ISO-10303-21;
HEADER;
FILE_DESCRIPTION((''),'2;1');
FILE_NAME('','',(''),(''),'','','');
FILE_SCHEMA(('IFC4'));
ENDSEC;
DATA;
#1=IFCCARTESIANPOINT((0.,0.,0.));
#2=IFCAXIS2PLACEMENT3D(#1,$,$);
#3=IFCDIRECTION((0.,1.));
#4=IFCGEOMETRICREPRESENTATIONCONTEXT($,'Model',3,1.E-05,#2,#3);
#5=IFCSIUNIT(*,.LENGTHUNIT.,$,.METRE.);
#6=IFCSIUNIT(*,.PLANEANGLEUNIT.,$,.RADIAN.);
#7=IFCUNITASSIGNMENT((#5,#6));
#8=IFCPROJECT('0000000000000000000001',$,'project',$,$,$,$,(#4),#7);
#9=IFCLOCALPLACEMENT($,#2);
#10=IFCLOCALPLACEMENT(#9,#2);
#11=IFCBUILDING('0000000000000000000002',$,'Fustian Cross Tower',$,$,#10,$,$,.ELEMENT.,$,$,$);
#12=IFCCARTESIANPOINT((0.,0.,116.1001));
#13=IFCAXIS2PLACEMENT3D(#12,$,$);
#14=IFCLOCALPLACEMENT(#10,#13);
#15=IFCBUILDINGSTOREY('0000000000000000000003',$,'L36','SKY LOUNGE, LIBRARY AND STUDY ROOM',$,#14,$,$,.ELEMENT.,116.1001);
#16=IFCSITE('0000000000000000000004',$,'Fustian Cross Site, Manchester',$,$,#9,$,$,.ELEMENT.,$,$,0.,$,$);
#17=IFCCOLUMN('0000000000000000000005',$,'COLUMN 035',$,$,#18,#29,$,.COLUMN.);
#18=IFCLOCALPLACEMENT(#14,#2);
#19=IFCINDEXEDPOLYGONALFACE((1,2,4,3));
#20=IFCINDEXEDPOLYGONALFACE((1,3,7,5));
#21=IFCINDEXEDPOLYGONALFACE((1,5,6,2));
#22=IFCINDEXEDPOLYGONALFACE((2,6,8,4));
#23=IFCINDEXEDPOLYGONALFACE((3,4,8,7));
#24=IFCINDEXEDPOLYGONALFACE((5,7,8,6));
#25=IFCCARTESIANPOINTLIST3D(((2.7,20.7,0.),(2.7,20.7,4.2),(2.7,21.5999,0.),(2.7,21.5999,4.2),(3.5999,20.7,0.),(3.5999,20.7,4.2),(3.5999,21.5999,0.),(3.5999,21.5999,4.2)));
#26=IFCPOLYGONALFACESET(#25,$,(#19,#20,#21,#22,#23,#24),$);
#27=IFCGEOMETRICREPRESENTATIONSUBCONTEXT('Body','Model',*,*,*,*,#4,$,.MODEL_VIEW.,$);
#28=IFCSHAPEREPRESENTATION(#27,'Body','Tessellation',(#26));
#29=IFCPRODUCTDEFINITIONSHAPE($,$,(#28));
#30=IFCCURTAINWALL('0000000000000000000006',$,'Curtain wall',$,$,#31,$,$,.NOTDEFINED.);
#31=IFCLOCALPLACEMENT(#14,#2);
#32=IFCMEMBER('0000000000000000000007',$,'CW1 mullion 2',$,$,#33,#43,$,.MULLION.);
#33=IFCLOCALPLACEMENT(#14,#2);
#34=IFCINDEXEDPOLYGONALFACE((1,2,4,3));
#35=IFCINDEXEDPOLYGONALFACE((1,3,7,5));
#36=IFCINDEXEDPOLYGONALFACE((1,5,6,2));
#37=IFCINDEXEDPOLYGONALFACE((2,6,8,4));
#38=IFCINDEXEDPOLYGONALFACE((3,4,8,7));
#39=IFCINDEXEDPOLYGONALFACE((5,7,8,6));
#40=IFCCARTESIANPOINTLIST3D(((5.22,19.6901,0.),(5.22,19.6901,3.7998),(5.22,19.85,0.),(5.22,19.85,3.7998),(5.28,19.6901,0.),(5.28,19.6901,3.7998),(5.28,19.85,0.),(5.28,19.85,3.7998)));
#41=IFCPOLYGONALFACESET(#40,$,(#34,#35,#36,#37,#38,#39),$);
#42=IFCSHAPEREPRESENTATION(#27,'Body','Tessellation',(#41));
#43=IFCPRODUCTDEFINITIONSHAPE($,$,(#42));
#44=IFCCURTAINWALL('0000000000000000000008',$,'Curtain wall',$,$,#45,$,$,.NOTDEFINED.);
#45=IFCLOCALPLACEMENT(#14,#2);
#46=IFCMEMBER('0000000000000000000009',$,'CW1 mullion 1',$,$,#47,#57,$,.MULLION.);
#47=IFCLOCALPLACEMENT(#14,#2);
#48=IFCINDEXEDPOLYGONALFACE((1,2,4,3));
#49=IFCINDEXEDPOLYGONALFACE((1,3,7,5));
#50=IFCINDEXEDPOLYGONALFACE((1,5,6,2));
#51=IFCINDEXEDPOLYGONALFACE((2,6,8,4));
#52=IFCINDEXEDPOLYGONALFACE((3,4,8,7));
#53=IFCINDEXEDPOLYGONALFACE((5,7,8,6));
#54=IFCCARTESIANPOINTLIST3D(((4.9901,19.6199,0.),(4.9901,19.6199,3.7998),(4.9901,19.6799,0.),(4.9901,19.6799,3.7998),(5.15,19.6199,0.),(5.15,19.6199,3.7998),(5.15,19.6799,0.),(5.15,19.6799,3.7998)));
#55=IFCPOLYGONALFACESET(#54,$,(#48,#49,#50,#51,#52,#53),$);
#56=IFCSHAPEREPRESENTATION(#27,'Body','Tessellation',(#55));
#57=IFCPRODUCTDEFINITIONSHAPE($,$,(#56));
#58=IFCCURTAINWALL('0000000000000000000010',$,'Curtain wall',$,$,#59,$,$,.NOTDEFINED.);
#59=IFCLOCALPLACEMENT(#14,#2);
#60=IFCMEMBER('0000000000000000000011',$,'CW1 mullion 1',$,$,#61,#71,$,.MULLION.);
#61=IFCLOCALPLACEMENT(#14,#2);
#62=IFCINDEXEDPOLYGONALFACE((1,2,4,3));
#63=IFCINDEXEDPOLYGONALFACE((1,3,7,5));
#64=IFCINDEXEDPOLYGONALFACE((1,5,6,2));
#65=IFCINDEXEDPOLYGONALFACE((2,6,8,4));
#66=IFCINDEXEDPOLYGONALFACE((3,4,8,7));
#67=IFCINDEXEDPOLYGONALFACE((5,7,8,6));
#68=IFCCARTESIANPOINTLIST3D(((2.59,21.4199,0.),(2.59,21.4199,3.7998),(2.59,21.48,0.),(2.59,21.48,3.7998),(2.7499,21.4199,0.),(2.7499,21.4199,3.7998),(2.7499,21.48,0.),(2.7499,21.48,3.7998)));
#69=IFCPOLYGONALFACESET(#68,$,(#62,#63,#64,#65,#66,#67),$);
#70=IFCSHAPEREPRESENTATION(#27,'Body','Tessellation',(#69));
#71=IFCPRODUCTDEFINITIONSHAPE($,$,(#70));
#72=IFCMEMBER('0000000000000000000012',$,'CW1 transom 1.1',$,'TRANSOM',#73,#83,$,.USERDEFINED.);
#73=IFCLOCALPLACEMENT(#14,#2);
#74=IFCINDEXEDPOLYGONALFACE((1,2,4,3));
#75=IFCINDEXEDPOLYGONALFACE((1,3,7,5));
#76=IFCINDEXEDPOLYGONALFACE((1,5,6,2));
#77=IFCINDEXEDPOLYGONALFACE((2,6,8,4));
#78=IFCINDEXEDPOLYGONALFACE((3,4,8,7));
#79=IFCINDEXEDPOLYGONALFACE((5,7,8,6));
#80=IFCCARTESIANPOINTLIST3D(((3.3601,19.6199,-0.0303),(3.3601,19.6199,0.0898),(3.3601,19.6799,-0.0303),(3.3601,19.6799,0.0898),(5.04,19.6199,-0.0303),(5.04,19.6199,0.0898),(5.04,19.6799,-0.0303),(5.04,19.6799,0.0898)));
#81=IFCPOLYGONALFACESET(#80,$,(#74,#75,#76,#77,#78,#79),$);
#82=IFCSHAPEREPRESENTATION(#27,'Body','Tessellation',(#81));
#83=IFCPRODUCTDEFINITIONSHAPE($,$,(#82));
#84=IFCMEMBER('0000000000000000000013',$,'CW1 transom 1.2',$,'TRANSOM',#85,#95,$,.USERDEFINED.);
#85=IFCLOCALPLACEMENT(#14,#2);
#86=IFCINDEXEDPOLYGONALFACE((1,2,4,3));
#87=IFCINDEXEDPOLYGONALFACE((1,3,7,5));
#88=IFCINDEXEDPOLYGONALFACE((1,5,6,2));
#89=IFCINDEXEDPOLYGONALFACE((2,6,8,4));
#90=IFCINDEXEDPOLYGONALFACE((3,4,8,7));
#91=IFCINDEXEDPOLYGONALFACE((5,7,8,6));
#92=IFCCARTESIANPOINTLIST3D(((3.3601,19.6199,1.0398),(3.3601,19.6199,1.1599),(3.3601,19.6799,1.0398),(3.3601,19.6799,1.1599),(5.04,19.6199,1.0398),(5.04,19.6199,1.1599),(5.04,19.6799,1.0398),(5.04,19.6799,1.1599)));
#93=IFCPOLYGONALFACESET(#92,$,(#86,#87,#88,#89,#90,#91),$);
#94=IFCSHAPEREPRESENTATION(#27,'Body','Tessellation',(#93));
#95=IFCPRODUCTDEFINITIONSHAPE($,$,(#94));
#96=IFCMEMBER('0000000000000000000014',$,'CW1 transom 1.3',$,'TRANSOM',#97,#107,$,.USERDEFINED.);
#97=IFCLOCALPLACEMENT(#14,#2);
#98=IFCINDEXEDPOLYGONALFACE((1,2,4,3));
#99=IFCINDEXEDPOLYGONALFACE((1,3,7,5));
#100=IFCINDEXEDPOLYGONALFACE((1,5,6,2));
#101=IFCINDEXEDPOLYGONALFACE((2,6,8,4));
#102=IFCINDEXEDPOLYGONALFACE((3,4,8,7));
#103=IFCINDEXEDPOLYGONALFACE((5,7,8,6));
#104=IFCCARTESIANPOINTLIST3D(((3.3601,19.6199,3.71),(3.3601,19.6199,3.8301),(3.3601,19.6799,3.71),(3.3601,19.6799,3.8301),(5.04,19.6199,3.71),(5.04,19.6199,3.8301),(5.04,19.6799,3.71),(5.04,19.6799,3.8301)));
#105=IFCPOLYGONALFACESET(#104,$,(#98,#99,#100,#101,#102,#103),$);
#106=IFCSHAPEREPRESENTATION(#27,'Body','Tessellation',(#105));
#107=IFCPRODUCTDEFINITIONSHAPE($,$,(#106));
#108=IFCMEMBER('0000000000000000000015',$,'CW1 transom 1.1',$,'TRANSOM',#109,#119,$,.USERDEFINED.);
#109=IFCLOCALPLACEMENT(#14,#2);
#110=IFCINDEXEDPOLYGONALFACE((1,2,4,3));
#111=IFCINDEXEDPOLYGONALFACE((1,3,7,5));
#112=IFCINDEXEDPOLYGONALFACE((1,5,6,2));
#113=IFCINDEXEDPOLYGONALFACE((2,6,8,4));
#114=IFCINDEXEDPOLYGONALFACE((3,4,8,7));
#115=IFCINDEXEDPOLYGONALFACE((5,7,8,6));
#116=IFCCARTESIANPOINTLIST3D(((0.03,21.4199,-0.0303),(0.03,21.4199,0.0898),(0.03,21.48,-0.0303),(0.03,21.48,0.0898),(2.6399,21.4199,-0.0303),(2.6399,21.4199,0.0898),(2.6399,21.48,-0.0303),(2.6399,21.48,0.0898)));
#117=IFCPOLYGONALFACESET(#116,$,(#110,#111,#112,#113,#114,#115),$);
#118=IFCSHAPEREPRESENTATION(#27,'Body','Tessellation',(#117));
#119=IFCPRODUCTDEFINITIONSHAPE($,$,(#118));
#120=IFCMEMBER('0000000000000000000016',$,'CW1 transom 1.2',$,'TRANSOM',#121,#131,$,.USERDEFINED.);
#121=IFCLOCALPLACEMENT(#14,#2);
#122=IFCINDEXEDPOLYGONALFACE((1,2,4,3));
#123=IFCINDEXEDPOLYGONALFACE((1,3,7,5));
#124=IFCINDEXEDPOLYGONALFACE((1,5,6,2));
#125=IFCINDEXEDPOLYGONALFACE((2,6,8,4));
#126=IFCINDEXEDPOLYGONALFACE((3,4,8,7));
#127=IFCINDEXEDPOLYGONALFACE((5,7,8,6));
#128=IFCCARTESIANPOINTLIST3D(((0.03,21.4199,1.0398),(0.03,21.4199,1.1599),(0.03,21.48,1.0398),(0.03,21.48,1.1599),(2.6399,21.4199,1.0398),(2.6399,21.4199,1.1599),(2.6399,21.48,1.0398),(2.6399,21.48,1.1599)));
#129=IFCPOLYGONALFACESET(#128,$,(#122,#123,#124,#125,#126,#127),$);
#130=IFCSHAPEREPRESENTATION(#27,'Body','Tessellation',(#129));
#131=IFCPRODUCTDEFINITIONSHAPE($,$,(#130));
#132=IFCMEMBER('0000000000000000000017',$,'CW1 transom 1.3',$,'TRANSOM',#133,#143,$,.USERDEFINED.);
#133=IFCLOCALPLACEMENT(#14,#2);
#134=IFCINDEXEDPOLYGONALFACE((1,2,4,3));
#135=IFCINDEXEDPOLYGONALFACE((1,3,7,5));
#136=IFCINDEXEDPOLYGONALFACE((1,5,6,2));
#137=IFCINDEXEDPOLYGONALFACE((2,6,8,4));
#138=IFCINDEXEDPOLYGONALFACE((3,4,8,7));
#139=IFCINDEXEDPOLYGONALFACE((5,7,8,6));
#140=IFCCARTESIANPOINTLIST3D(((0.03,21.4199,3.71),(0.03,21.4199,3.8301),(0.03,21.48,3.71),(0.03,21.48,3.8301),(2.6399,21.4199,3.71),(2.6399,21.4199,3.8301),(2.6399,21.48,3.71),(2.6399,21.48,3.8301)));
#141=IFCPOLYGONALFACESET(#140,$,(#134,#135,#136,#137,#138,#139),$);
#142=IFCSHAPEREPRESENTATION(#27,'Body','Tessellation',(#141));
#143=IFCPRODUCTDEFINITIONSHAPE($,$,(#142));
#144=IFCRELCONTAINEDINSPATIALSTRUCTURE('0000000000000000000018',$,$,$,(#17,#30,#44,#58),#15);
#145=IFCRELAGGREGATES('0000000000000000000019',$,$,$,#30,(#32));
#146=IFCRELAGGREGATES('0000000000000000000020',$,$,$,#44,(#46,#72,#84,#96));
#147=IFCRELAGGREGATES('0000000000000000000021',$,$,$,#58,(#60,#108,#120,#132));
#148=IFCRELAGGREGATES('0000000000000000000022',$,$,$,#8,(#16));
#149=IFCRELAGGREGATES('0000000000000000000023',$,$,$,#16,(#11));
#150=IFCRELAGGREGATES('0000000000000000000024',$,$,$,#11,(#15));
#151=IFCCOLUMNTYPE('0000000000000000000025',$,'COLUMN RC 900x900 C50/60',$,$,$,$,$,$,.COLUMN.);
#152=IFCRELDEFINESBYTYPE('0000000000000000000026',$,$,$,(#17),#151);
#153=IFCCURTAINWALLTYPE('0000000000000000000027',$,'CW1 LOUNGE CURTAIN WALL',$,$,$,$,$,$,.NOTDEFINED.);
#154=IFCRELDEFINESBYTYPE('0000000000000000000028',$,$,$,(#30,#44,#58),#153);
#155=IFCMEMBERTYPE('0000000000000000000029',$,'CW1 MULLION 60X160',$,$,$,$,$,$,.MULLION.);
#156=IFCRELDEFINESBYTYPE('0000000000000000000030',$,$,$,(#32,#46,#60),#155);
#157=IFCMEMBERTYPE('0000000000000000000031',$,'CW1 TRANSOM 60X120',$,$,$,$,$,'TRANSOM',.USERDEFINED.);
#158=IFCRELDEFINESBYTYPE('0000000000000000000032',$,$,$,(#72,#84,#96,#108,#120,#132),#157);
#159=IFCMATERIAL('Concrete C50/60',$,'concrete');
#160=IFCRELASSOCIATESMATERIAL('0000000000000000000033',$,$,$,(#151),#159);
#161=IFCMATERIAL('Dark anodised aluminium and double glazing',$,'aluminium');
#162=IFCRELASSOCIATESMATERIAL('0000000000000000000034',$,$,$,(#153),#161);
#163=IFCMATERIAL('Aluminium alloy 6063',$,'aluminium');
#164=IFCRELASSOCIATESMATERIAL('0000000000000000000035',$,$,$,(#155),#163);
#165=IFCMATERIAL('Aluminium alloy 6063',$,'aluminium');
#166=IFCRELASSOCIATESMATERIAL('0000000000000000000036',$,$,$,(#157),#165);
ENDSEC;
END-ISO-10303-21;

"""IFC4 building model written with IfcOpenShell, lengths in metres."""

from ifc_helpers import new_model, si_unit, direction, frame, origin, origin_2d, place, context, subcontext, project, spatial, rectangle, extrude, material, material_profile, profile_set, type_object, element, aggregate, save


model = new_model("IFC4")

# Units and contexts
model_context = context("Model", 3, precision=1e-05, world=origin(), true_north=direction((0.0, 1.0)))
body_context = subcontext(model_context, "Body", "Model", "MODEL_VIEW")
ifc_project = project(units=[si_unit("LENGTHUNIT", "METRE"), si_unit("PLANEANGLEUNIT", "RADIAN")], contexts=[model_context])

# Site, building, storey
site_placement = place(None, origin())
site = spatial("IfcSite", under=ifc_project, at=site_placement, Name="Fustian Cross Site, Manchester", CompositionType="ELEMENT", RefElevation=0.0)
building_placement = place(site_placement, origin())
building = spatial("IfcBuilding", under=site, at=building_placement, Name="Fustian Cross Tower", CompositionType="ELEMENT")
storey_placement = place(building_placement, frame((0.0, 0.0, 116.1001)))
storey = spatial("IfcBuildingStorey", under=building, at=storey_placement, Name="L36", Description="SKY LOUNGE, LIBRARY AND STUDY ROOM", CompositionType="ELEMENT", Elevation=116.1001)

# Column
ifc_material_1 = material(Name="Concrete C50/60", Category="concrete")
ifc_material_profile_1 = material_profile(ifc_material_1, rectangle(XDim=0.8999, YDim=0.8999, at=origin_2d()), Name="RC 900x900")
ifc_profile_set_1 = profile_set([ifc_material_profile_1], Name="Concrete C50/60")
column_type = type_object("IfcColumnType", Name="COLUMN RC 900x900 C50/60", PredefinedType="COLUMN", material=ifc_profile_set_1)
column_placement = place(storey_placement, frame((3.1499, 21.1499, 0.0), z_axis=(0.0, 0.0, 1.0), x_axis=(1.0, 0.0, 0.0)))
element("IfcColumn", 1, at=column_placement, inside=storey, type_object=column_type, Name="COLUMN 035", PredefinedType="COLUMN", context=body_context, shape_type="SweptSolid", body=[
    extrude(rectangle(XDim=0.8999, YDim=0.8999, at=origin_2d()), origin(), (0.0, 0.0, 1.0), 4.2),
])

# Curtain walls, members
ifc_material_2 = material(Name="Dark anodised aluminium and double glazing", Category="aluminium")
curtain_wall_type = type_object("IfcCurtainWallType", Name="CW1 LOUNGE CURTAIN WALL", PredefinedType="NOTDEFINED", material=ifc_material_2)
curtain_wall_1_placement = place(storey_placement, origin())
curtain_wall_1 = element("IfcCurtainWall", 2, at=curtain_wall_1_placement, inside=storey, type_object=curtain_wall_type, Name="Curtain wall", PredefinedType="NOTDEFINED")
ifc_material_3 = material(Name="Aluminium alloy 6063", Category="aluminium")
ifc_material_profile_2 = material_profile(ifc_material_3, rectangle(XDim=0.0601, YDim=0.1599, at=origin_2d()), Name="CW1 MULLION 60X160")
ifc_profile_set_2 = profile_set([ifc_material_profile_2], Name="Aluminium alloy 6063")
member_type_1 = type_object("IfcMemberType", Name="CW1 MULLION 60X160", PredefinedType="MULLION", material=ifc_profile_set_2)
member_1_placement = place(storey_placement, frame((5.25, 19.77, 0.0), z_axis=(0.0, 0.0, 1.0), x_axis=(-1.0, 0.0, 0.0)))
member_1 = element("IfcMember", 3, at=member_1_placement, type_object=member_type_1, Name="CW1 mullion 2", PredefinedType="MULLION", context=body_context, shape_type="SweptSolid", body=[
    extrude(rectangle(XDim=0.0601, YDim=0.1599, at=origin_2d()), origin(), (0.0, 0.0, 1.0), 3.7998),
])
aggregate(curtain_wall_1, [member_1])
curtain_wall_2_placement = place(storey_placement, origin())
curtain_wall_2 = element("IfcCurtainWall", 4, at=curtain_wall_2_placement, inside=storey, type_object=curtain_wall_type, Name="Curtain wall", PredefinedType="NOTDEFINED")
member_2_placement = place(storey_placement, frame((5.0701, 19.6499, 0.0), z_axis=(0.0, 0.0, 1.0), x_axis=(0.0, -1.0, 0.0)))
member_2 = element("IfcMember", 5, at=member_2_placement, type_object=member_type_1, Name="CW1 mullion 1", PredefinedType="MULLION", context=body_context, shape_type="SweptSolid", body=[
    extrude(rectangle(XDim=0.0601, YDim=0.1599, at=origin_2d()), origin(), (0.0, 0.0, 1.0), 3.7998),
])
curtain_wall_3_placement = place(storey_placement, origin())
curtain_wall_3 = element("IfcCurtainWall", 6, at=curtain_wall_3_placement, inside=storey, type_object=curtain_wall_type, Name="Curtain wall", PredefinedType="NOTDEFINED")
member_3_placement = place(storey_placement, frame((2.6699, 21.45, 0.0), z_axis=(0.0, 0.0, 1.0), x_axis=(0.0, -1.0, 0.0)))
member_3 = element("IfcMember", 7, at=member_3_placement, type_object=member_type_1, Name="CW1 mullion 1", PredefinedType="MULLION", context=body_context, shape_type="SweptSolid", body=[
    extrude(rectangle(XDim=0.0601, YDim=0.1599, at=origin_2d()), origin(), (0.0, 0.0, 1.0), 3.7998),
])

# Members
ifc_material_4 = material(Name="Aluminium alloy 6063", Category="aluminium")
ifc_material_profile_3 = material_profile(ifc_material_4, rectangle(XDim=0.0601, YDim=0.1201, at=origin_2d()), Name="CW1 TRANSOM 60X120")
ifc_profile_set_3 = profile_set([ifc_material_profile_3], Name="Aluminium alloy 6063")
member_type_2 = type_object("IfcMemberType", Name="CW1 TRANSOM 60X120", ElementType="TRANSOM", PredefinedType="USERDEFINED", material=ifc_profile_set_3)
member_4_placement = place(storey_placement, frame((5.04, 19.6499, 0.0298), z_axis=(-1.0, 0.0, 0.0), x_axis=(0.0, -1.0, 0.0)))
member_4 = element("IfcMember", 8, at=member_4_placement, type_object=member_type_2, Name="CW1 transom 1.1", ObjectType="TRANSOM", PredefinedType="USERDEFINED", context=body_context, shape_type="SweptSolid", body=[
    extrude(rectangle(XDim=0.0601, YDim=0.1201, at=origin_2d()), origin(), (0.0, 0.0, 1.0), 1.6799),
])
member_5_placement = place(storey_placement, frame((5.04, 19.6499, 1.0999), z_axis=(-1.0, 0.0, 0.0), x_axis=(0.0, -1.0, 0.0)))
member_5 = element("IfcMember", 9, at=member_5_placement, type_object=member_type_2, Name="CW1 transom 1.2", ObjectType="TRANSOM", PredefinedType="USERDEFINED", context=body_context, shape_type="SweptSolid", body=[
    extrude(rectangle(XDim=0.0601, YDim=0.1201, at=origin_2d()), origin(), (0.0, 0.0, 1.0), 1.6799),
])
member_6_placement = place(storey_placement, frame((5.04, 19.6499, 3.77), z_axis=(-1.0, 0.0, 0.0), x_axis=(0.0, -1.0, 0.0)))
member_6 = element("IfcMember", 10, at=member_6_placement, type_object=member_type_2, Name="CW1 transom 1.3", ObjectType="TRANSOM", PredefinedType="USERDEFINED", context=body_context, shape_type="SweptSolid", body=[
    extrude(rectangle(XDim=0.0601, YDim=0.1201, at=origin_2d()), origin(), (0.0, 0.0, 1.0), 1.6799),
])
aggregate(curtain_wall_2, [member_2, member_4, member_5, member_6])
member_7_placement = place(storey_placement, frame((2.6399, 21.45, 0.0298), z_axis=(-1.0, 0.0, 0.0), x_axis=(0.0, -1.0, 0.0)))
member_7 = element("IfcMember", 11, at=member_7_placement, type_object=member_type_2, Name="CW1 transom 1.1", ObjectType="TRANSOM", PredefinedType="USERDEFINED", context=body_context, shape_type="SweptSolid", body=[
    extrude(rectangle(XDim=0.0601, YDim=0.1201, at=origin_2d()), origin(), (0.0, 0.0, 1.0), 2.6099),
])
member_8_placement = place(storey_placement, frame((2.6399, 21.45, 1.0999), z_axis=(-1.0, 0.0, 0.0), x_axis=(0.0, -1.0, 0.0)))
member_8 = element("IfcMember", 12, at=member_8_placement, type_object=member_type_2, Name="CW1 transom 1.2", ObjectType="TRANSOM", PredefinedType="USERDEFINED", context=body_context, shape_type="SweptSolid", body=[
    extrude(rectangle(XDim=0.0601, YDim=0.1201, at=origin_2d()), origin(), (0.0, 0.0, 1.0), 2.6099),
])
member_9_placement = place(storey_placement, frame((2.6399, 21.45, 3.77), z_axis=(-1.0, 0.0, 0.0), x_axis=(0.0, -1.0, 0.0)))
member_9 = element("IfcMember", 13, at=member_9_placement, type_object=member_type_2, Name="CW1 transom 1.3", ObjectType="TRANSOM", PredefinedType="USERDEFINED", context=body_context, shape_type="SweptSolid", body=[
    extrude(rectangle(XDim=0.0601, YDim=0.1201, at=origin_2d()), origin(), (0.0, 0.0, 1.0), 2.6099),
])

aggregate(curtain_wall_3, [member_3, member_7, member_8, member_9])

save(model, "model.ifc")
